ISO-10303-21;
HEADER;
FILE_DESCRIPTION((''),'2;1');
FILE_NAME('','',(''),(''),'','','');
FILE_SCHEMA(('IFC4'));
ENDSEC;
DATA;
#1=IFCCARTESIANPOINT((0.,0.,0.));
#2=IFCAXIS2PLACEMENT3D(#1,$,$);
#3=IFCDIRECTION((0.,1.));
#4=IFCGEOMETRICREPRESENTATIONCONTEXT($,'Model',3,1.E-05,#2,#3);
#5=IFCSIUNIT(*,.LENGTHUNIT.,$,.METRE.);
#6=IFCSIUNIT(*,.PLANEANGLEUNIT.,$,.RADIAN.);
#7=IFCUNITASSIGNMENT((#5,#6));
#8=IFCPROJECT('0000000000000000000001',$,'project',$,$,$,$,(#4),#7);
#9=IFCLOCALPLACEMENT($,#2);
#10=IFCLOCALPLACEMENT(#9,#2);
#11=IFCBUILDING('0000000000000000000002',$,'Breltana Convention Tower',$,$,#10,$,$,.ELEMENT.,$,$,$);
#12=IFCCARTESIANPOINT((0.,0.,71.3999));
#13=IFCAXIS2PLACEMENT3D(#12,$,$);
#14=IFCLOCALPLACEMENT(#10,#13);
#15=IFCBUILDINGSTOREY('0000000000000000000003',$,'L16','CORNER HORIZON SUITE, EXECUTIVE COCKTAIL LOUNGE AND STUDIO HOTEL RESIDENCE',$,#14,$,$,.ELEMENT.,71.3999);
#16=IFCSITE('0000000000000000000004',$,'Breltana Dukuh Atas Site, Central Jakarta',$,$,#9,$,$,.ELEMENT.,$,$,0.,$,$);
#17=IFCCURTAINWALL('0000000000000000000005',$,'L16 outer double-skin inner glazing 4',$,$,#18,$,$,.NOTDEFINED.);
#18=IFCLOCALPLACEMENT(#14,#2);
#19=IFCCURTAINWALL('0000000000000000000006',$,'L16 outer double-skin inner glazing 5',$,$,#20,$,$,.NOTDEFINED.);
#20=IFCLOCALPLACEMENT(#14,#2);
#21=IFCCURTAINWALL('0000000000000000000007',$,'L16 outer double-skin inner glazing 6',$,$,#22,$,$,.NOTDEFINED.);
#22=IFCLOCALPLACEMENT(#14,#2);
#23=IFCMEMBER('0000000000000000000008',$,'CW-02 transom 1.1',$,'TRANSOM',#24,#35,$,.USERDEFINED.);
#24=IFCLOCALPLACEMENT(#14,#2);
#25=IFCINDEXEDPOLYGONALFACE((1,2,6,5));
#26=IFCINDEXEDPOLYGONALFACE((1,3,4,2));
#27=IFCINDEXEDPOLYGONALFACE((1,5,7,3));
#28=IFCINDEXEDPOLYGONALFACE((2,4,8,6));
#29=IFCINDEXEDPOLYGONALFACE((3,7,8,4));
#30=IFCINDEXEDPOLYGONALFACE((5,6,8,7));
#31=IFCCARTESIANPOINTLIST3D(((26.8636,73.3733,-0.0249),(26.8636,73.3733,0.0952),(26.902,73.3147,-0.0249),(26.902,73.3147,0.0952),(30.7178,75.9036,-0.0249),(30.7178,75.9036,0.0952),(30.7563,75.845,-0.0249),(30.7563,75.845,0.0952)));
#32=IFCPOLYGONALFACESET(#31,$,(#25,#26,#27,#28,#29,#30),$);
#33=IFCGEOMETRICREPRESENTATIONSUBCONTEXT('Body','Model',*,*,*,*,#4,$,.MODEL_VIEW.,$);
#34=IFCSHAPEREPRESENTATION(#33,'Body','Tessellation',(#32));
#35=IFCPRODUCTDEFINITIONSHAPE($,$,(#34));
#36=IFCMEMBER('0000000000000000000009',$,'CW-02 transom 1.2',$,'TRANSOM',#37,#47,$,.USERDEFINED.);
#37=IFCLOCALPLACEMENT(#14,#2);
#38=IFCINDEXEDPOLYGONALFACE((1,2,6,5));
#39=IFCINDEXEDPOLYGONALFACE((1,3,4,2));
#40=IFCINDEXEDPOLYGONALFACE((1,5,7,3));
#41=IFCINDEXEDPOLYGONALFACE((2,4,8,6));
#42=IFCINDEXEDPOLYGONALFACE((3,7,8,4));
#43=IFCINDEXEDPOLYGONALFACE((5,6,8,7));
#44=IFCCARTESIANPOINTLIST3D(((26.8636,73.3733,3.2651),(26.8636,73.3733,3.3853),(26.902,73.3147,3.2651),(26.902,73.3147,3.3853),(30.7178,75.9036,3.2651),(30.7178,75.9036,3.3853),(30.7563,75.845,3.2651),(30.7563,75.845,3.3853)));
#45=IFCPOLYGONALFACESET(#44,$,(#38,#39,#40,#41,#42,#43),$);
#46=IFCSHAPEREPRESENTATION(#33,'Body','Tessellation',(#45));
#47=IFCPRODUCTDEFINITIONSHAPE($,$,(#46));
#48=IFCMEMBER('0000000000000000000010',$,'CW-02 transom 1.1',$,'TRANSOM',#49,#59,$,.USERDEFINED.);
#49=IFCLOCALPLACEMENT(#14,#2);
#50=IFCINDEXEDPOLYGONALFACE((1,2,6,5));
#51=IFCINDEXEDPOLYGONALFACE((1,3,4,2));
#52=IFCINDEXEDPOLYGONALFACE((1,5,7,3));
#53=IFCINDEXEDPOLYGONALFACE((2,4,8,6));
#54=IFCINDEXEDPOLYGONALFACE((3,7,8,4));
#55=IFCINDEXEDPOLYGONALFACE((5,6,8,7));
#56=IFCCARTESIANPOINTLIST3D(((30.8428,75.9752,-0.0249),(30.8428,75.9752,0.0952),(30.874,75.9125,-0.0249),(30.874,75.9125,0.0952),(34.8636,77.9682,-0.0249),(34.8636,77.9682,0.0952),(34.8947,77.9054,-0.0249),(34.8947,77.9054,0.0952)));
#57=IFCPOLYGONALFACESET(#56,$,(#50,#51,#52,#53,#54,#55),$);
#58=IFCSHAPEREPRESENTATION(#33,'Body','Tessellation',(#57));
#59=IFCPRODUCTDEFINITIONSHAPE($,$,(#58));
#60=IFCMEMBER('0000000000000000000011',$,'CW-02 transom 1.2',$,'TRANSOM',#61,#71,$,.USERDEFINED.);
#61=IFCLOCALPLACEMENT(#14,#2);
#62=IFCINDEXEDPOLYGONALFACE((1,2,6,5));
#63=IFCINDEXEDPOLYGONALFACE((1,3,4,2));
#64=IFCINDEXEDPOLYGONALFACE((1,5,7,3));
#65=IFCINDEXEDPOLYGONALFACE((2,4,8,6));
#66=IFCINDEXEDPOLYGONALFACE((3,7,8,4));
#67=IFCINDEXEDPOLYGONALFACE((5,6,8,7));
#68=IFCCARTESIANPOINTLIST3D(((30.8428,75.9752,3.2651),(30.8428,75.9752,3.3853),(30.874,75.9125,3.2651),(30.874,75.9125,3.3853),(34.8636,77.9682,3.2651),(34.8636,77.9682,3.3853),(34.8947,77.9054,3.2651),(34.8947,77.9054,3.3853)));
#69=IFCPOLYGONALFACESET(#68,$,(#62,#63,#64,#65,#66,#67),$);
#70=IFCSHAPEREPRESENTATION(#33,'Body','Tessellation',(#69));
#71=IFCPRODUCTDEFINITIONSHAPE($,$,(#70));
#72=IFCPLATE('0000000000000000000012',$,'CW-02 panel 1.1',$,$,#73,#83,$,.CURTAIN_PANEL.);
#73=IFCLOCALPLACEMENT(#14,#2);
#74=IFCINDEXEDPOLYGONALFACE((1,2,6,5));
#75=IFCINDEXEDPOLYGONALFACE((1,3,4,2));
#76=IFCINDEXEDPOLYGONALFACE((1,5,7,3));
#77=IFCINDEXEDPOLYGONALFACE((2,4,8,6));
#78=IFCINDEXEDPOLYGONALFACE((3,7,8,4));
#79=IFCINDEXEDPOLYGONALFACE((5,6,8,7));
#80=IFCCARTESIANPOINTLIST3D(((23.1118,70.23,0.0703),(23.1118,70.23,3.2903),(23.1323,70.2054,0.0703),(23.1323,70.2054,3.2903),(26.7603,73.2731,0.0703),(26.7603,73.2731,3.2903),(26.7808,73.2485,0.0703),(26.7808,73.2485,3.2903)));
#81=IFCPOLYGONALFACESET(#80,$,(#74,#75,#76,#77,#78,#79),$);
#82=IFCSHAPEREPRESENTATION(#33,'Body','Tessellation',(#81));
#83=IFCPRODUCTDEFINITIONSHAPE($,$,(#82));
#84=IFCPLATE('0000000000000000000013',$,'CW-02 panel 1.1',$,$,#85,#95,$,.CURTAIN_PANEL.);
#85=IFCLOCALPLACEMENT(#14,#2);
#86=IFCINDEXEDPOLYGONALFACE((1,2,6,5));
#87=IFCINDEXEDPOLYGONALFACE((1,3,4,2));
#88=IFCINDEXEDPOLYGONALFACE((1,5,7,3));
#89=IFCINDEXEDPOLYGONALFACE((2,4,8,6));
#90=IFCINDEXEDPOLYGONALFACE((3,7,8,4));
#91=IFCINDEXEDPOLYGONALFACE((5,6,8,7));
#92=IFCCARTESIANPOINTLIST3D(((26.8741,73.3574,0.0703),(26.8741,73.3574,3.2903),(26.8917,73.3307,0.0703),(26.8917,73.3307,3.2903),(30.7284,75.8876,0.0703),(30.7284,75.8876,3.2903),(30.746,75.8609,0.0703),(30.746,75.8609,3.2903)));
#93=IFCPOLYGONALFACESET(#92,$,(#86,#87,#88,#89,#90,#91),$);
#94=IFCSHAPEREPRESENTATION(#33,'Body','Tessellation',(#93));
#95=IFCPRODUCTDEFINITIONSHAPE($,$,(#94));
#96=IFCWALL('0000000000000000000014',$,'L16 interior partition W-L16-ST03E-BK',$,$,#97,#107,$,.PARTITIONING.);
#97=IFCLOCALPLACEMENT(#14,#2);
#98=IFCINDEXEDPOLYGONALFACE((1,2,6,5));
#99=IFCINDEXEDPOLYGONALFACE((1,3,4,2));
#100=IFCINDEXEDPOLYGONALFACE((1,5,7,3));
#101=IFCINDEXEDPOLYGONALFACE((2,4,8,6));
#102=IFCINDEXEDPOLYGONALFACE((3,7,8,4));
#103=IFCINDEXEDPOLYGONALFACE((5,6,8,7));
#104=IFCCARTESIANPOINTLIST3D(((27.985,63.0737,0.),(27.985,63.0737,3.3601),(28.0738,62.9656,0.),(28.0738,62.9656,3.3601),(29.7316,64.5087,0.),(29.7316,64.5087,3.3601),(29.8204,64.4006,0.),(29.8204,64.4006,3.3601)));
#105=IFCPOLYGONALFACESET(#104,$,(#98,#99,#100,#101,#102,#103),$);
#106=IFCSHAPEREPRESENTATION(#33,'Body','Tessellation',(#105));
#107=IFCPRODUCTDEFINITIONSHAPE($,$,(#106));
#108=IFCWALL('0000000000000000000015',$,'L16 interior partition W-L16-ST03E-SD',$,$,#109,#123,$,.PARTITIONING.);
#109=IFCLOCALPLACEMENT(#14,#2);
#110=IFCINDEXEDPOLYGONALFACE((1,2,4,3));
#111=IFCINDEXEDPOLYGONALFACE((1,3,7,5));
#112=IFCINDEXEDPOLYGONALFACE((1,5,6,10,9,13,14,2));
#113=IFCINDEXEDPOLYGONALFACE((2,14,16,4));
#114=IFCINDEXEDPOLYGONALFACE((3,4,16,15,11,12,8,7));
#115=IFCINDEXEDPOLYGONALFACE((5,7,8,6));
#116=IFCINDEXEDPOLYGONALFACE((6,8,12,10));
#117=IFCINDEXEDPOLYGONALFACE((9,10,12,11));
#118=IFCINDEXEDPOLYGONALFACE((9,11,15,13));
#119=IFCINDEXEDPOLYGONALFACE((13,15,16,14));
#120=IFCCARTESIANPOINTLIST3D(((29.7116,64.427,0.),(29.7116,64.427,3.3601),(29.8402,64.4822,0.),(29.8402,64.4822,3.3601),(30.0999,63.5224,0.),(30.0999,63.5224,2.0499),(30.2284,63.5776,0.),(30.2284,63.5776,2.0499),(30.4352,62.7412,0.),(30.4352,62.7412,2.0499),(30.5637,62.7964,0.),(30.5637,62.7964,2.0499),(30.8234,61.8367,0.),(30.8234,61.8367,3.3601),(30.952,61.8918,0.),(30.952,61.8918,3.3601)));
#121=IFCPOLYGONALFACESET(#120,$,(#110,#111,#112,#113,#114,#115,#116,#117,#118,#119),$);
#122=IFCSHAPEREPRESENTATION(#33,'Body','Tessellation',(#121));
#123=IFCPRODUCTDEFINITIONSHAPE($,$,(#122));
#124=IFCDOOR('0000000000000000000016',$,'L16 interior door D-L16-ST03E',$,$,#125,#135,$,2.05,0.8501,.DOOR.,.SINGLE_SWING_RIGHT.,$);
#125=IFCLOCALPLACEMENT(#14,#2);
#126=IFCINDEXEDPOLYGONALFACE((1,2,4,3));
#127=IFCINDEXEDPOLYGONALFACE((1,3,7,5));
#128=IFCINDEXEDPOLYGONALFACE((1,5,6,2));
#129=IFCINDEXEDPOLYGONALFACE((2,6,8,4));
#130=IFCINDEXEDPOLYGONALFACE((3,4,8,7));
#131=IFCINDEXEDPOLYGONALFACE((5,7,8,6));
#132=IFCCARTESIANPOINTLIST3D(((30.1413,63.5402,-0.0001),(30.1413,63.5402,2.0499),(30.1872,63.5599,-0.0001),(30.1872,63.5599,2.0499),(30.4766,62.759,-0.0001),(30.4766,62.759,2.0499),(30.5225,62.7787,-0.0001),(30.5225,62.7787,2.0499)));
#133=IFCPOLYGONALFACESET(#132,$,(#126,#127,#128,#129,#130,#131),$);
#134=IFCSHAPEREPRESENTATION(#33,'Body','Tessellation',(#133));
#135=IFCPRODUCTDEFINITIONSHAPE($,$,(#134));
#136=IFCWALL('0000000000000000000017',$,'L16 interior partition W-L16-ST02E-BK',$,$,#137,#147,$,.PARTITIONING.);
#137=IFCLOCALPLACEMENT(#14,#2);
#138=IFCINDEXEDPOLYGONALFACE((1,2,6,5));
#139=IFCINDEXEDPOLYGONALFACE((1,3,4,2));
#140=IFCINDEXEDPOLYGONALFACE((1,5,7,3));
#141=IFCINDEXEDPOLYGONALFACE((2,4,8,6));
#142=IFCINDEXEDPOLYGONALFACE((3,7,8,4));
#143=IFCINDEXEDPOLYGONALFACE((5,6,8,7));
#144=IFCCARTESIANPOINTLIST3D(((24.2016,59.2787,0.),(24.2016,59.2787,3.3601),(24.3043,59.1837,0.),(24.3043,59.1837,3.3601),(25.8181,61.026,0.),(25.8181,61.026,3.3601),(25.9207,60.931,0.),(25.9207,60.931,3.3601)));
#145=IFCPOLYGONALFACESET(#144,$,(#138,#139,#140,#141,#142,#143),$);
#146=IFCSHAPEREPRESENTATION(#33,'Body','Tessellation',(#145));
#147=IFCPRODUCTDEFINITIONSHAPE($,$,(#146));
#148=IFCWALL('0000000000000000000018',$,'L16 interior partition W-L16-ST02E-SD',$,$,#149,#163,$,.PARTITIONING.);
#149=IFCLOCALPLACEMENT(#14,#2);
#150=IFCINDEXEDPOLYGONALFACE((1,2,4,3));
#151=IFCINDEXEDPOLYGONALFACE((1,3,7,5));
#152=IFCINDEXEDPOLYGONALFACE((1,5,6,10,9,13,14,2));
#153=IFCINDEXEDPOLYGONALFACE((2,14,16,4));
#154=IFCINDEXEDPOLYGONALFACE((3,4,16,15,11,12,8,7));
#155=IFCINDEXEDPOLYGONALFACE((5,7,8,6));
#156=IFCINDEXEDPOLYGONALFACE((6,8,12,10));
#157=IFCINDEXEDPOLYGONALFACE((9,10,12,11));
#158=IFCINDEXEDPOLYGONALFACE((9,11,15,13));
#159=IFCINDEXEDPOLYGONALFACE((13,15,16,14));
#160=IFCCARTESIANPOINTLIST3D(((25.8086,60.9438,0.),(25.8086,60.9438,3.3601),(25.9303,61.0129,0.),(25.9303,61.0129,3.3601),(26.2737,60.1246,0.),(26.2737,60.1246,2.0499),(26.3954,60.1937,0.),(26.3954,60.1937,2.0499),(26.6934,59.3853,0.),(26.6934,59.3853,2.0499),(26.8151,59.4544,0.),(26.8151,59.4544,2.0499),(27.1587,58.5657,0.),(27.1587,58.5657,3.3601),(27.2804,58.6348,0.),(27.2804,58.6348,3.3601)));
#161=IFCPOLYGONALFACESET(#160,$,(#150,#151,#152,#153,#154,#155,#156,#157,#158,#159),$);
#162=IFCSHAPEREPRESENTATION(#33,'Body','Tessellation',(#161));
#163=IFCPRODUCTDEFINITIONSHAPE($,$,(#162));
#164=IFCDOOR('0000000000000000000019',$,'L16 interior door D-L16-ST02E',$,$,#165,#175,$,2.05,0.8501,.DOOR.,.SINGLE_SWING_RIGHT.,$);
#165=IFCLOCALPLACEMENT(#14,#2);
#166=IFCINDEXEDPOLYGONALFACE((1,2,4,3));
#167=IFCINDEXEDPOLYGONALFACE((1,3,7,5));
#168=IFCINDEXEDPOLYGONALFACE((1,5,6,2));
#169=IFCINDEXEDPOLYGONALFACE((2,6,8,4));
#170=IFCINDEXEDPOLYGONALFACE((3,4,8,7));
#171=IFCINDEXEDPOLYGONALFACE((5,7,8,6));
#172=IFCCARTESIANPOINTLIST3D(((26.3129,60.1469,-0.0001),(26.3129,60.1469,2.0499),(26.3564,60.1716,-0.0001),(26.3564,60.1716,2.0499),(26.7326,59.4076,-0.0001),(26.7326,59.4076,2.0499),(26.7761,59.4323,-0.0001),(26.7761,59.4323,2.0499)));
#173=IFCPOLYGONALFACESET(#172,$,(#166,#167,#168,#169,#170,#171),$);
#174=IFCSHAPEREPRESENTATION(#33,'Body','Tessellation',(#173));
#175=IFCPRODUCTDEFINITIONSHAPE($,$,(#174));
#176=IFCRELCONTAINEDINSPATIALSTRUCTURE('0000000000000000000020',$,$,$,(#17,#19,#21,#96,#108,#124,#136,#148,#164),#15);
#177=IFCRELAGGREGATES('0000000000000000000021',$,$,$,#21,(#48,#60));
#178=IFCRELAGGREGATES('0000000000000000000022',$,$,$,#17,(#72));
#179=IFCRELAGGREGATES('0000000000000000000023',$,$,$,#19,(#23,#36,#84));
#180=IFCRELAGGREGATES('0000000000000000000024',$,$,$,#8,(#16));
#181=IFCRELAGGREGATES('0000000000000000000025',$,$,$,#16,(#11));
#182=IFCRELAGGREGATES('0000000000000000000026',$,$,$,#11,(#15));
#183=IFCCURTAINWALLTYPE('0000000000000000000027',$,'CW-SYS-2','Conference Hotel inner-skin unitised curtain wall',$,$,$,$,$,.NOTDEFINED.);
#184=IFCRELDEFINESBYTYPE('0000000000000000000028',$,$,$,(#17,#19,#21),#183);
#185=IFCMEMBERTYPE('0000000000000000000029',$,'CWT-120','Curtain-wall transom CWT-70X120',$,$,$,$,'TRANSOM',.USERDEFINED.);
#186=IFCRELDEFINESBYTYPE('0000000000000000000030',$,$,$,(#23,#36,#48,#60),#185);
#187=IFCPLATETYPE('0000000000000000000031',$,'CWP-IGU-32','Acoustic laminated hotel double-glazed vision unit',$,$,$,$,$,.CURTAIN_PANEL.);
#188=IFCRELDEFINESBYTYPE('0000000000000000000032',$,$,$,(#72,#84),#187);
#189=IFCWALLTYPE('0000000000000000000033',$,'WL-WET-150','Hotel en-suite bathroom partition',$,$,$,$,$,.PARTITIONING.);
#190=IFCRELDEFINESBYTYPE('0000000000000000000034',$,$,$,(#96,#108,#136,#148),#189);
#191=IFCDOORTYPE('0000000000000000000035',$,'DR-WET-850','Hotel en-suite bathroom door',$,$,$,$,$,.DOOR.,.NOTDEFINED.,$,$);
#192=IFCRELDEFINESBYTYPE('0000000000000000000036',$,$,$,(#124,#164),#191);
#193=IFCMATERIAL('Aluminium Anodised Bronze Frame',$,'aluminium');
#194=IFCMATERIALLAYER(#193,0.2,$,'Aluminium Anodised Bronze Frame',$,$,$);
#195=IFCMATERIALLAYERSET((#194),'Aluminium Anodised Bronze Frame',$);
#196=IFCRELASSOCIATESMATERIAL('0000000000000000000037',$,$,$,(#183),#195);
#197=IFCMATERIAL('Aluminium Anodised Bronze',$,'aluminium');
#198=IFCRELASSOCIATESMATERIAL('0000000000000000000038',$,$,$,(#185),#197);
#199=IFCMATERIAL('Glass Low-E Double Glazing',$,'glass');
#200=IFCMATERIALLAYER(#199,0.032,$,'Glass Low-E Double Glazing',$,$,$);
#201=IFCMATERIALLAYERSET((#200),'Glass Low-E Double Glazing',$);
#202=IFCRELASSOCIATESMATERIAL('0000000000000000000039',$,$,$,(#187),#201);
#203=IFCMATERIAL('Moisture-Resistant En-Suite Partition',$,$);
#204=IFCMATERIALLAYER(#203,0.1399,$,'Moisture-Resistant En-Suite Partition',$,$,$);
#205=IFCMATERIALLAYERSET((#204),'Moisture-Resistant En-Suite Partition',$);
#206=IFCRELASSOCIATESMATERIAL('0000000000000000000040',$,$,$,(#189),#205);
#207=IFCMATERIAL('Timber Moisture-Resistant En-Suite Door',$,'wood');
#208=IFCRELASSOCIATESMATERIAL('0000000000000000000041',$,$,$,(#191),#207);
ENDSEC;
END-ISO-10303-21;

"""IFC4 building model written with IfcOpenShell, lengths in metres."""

from ifc_helpers import new_model, si_unit, direction, frame, frame_2d, origin, origin_2d, place, context, subcontext, project, spatial, rectangle, extrude, source, transform, mapped, material, layer, layer_set, material_profile, profile_set, type_object, type_shapes, element, fill, aggregate, save


model = new_model("IFC4")

# Units and contexts
model_context = context("Model", 3, precision=1e-05, world=origin(), true_north=direction((0.0, 1.0)))
body_context = subcontext(model_context, "Body", "Model", "MODEL_VIEW")
ifc_project = project(units=[si_unit("LENGTHUNIT", "METRE"), si_unit("PLANEANGLEUNIT", "RADIAN")], contexts=[model_context])

# Site, building, storey
site_placement = place(None, origin())
site = spatial("IfcSite", under=ifc_project, at=site_placement, Name="Breltana Dukuh Atas Site, Central Jakarta", CompositionType="ELEMENT", RefElevation=0.0)
building_placement = place(site_placement, origin())
building = spatial("IfcBuilding", under=site, at=building_placement, Name="Breltana Convention Tower", CompositionType="ELEMENT")
storey_placement = place(building_placement, frame((0.0, 0.0, 71.3999)))
storey = spatial("IfcBuildingStorey", under=building, at=storey_placement, Name="L16", Description="CORNER HORIZON SUITE, EXECUTIVE COCKTAIL LOUNGE AND STUDIO HOTEL RESIDENCE", CompositionType="ELEMENT", Elevation=71.3999)

# Shared definitions
ifc_material_1 = material(Name="Aluminium Anodised Bronze Frame", Category="aluminium")
ifc_layer_1 = layer(ifc_material_1, 0.2, Name="Aluminium Anodised Bronze Frame")
ifc_layer_set_1 = layer_set([ifc_layer_1], Name="Aluminium Anodised Bronze Frame")
curtain_wall_type = type_object("IfcCurtainWallType", Name="CW-SYS-2", Description="Conference Hotel inner-skin unitised curtain wall", PredefinedType="NOTDEFINED", material=ifc_layer_set_1)
ifc_material_2 = material(Name="Aluminium Anodised Bronze", Category="aluminium")

# Curtain walls
curtain_wall_1_placement = place(storey_placement, origin())
curtain_wall_1 = element("IfcCurtainWall", 1, at=curtain_wall_1_placement, inside=storey, type_object=curtain_wall_type, Name="L16 outer double-skin inner glazing 4", PredefinedType="NOTDEFINED")
curtain_wall_2_placement = place(storey_placement, origin())
curtain_wall_2 = element("IfcCurtainWall", 2, at=curtain_wall_2_placement, inside=storey, type_object=curtain_wall_type, Name="L16 outer double-skin inner glazing 5", PredefinedType="NOTDEFINED")

# Curtain wall
curtain_wall_3_placement = place(storey_placement, origin())
curtain_wall_3 = element("IfcCurtainWall", 3, at=curtain_wall_3_placement, inside=storey, type_object=curtain_wall_type, Name="L16 outer double-skin inner glazing 6", PredefinedType="NOTDEFINED")

# Members
ifc_material_profile_1 = material_profile(ifc_material_2, rectangle(XDim=0.0701, YDim=0.1201, at=origin_2d()), Name="CWT-70X120")
ifc_profile_set_1 = profile_set([ifc_material_profile_1], Name="Aluminium Anodised Bronze")
member_type_1 = type_object("IfcMemberType", Name="CWT-120", Description="Curtain-wall transom CWT-70X120", ElementType="TRANSOM", PredefinedType="USERDEFINED", material=ifc_profile_set_1)
shared_shape_1 = source(origin(), body_context, "Body", "SweptSolid", [
    extrude(rectangle(XDim=0.0701, YDim=0.1201, at=origin_2d()), origin(), (0.0, 0.0, 1.0), 4.6106),
])
member_1_placement = place(storey_placement, frame((26.8828, 73.344, 0.0352), z_axis=(0.835956, 0.548796, 0.0), x_axis=(-0.548796, 0.835956, 0.0)))
member_1 = element("IfcMember", 4, at=member_1_placement, type_object=member_type_1, Name="CW-02 transom 1.1", ObjectType="TRANSOM", PredefinedType="USERDEFINED", context=body_context, shape_type="MappedRepresentation", body=[
    mapped(shared_shape_1, transform((0.0, 0.0, 0.0), scale=1.0)),
])
member_2_placement = place(storey_placement, frame((26.8828, 73.344, 3.3252), z_axis=(0.835956, 0.548796, 0.0), x_axis=(-0.548796, 0.835956, 0.0)))
member_2 = element("IfcMember", 5, at=member_2_placement, type_object=member_type_1, Name="CW-02 transom 1.2", ObjectType="TRANSOM", PredefinedType="USERDEFINED", context=body_context, shape_type="MappedRepresentation", body=[
    mapped(shared_shape_1, transform((0.0, 0.0, 0.0), scale=1.0)),
])
shared_shape_2 = source(origin(), body_context, "Body", "SweptSolid", [
    extrude(rectangle(XDim=0.0701, YDim=0.1201, at=origin_2d()), origin(), (0.0, 0.0, 1.0), 4.4875),
])
member_3_placement = place(storey_placement, frame((30.8584, 75.9438, 0.0352), z_axis=(0.895978, 0.444099, 0.0), x_axis=(-0.444099, 0.895978, 0.0)))
member_3 = element("IfcMember", 6, at=member_3_placement, type_object=member_type_1, Name="CW-02 transom 1.1", ObjectType="TRANSOM", PredefinedType="USERDEFINED", context=body_context, shape_type="MappedRepresentation", body=[
    mapped(shared_shape_2, transform((0.0, 0.0, 0.0), scale=1.0)),
])
member_4_placement = place(storey_placement, frame((30.8584, 75.9438, 3.3252), z_axis=(0.895978, 0.444099, 0.0), x_axis=(-0.444099, 0.895978, 0.0)))
member_4 = element("IfcMember", 7, at=member_4_placement, type_object=member_type_1, Name="CW-02 transom 1.2", ObjectType="TRANSOM", PredefinedType="USERDEFINED", context=body_context, shape_type="MappedRepresentation", body=[
    mapped(shared_shape_2, transform((0.0, 0.0, 0.0), scale=1.0)),
])
aggregate(curtain_wall_3, [member_3, member_4])

# Plates
ifc_material_3 = material(Name="Glass Low-E Double Glazing", Category="glass")
ifc_layer_2 = layer(ifc_material_3, 0.032, Name="Glass Low-E Double Glazing")
ifc_layer_set_2 = layer_set([ifc_layer_2], Name="Glass Low-E Double Glazing")
plate_type = type_object("IfcPlateType", Name="CWP-IGU-32", Description="Acoustic laminated hotel double-glazed vision unit", PredefinedType="CURTAIN_PANEL", material=ifc_layer_set_2)
shared_shape_3 = source(origin(), body_context, "Body", "SweptSolid", [
    extrude(rectangle(XDim=4.751, YDim=0.032, at=origin_2d()), origin(), (0.0, 0.0, 1.0), 3.22),
])
plate_1_placement = place(storey_placement, frame((24.9463, 71.7393, 0.0703), z_axis=(0.0, 0.0, 1.0), x_axis=(0.767941, 0.64052, 0.0)))
plate_1 = element("IfcPlate", 8, at=plate_1_placement, type_object=plate_type, Name="CW-02 panel 1.1", PredefinedType="CURTAIN_PANEL", context=body_context, shape_type="MappedRepresentation", body=[
    mapped(shared_shape_3, transform((0.0, 0.0, 0.0), scale=1.0)),
])
aggregate(curtain_wall_1, [plate_1])
shared_shape_4 = source(origin(), body_context, "Body", "SweptSolid", [
    extrude(rectangle(XDim=4.6106, YDim=0.032, at=origin_2d()), origin(), (0.0, 0.0, 1.0), 3.22),
])
plate_2_placement = place(storey_placement, frame((28.8101, 74.6091, 0.0703), z_axis=(0.0, 0.0, 1.0), x_axis=(0.835964, 0.548784, 0.0)))
plate_2 = element("IfcPlate", 9, at=plate_2_placement, type_object=plate_type, Name="CW-02 panel 1.1", PredefinedType="CURTAIN_PANEL", context=body_context, shape_type="MappedRepresentation", body=[
    mapped(shared_shape_4, transform((0.0, 0.0, 0.0), scale=1.0)),
])
aggregate(curtain_wall_2, [member_1, member_2, plate_2])

# Wall
ifc_material_4 = material(Name="Moisture-Resistant En-Suite Partition")
ifc_layer_3 = layer(ifc_material_4, 0.1399, Name="Moisture-Resistant En-Suite Partition")
ifc_layer_set_3 = layer_set([ifc_layer_3], Name="Moisture-Resistant En-Suite Partition")
wall_type_1 = type_object("IfcWallType", Name="WL-WET-150", Description="Hotel en-suite bathroom partition", PredefinedType="PARTITIONING", material=ifc_layer_set_3)
shared_shape_5 = source(origin(), body_context, "Body", "SweptSolid", [
    extrude(rectangle(XDim=2.2605, YDim=0.1399, at=frame_2d((1.1304, 0.0))), origin(), (0.0, 0.0, 1.0), 3.3601),
])
wall_1_placement = place(storey_placement, frame((28.0293, 63.0195, 0.0), z_axis=(0.0, 0.0, 1.0), x_axis=(0.772647, 0.634836, 0.0)))
element("IfcWall", 10, at=wall_1_placement, inside=storey, type_object=wall_type_1, Name="L16 interior partition W-L16-ST03E-BK", PredefinedType="PARTITIONING", context=body_context, shape_type="MappedRepresentation", body=[
    mapped(shared_shape_5, transform((0.0, 0.0, 0.0), scale=1.0)),
])

# Wall, opening, door
shared_shape_6 = source(origin(), body_context, "Body", "SweptSolid", [
    extrude(rectangle(XDim=2.8188, YDim=0.1399, at=frame_2d((1.4094, 0.0))), origin(), (0.0, 0.0, 1.0), 3.3601),
])
wall_2_placement = place(storey_placement, frame((30.8877, 61.8643, 0.0), z_axis=(0.0, 0.0, 1.0), x_axis=(-0.394421, 0.91893, 0.0)))
wall_2 = element("IfcWall", 11, at=wall_2_placement, inside=storey, type_object=wall_type_1, Name="L16 interior partition W-L16-ST03E-SD", PredefinedType="PARTITIONING", context=body_context, shape_type="MappedRepresentation", body=[
    mapped(shared_shape_6, transform((0.0, 0.0, 0.0), scale=1.0)),
])
opening_1_placement = place(wall_2_placement, frame((0.9844, 0.0, 0.0)))
opening_1 = element("IfcOpeningElement", 12, at=opening_1_placement, cuts=wall_2, PredefinedType="OPENING", context=body_context, shape_type="SweptSolid", body=[
    extrude(rectangle(XDim=0.8501, YDim=2.05, at=frame_2d((0.425, 1.0249))), frame((0.0, 0.0801, 0.0), z_axis=(0.0, -1.0, 0.0), x_axis=(1.0, 0.0, 0.0)), (0.0, 0.0, 1.0), 0.1599),
])
ifc_material_5 = material(Name="Timber Moisture-Resistant En-Suite Door", Category="wood")
door_type_1 = type_object("IfcDoorType", Name="DR-WET-850", Description="Hotel en-suite bathroom door", OperationType="NOTDEFINED", PredefinedType="DOOR", material=ifc_material_5)
shared_shape_7 = source(origin(), body_context, "Body", "SweptSolid", [
    extrude(rectangle(XDim=0.8501, YDim=2.05, at=frame_2d((0.425, 1.0249))), frame((0.0, 0.0249, 0.0), z_axis=(0.0, -1.0, 0.0), x_axis=(1.0, 0.0, 0.0)), (0.0, 0.0, 1.0), 0.05),
])
type_shapes(door_type_1, [shared_shape_7])
door_1_placement = place(opening_1_placement, origin())
door_1 = element("IfcDoor", 13, at=door_1_placement, inside=storey, type_object=door_type_1, Name="L16 interior door D-L16-ST03E", OperationType="SINGLE_SWING_RIGHT", OverallHeight=2.05, OverallWidth=0.8501, PredefinedType="DOOR", context=body_context, shape_type="MappedRepresentation", body=[
    mapped(shared_shape_7, transform((0.0, 0.0, 0.0), scale=1.0)),
])
fill(opening_1, door_1)

# Wall
shared_shape_8 = source(origin(), body_context, "Body", "SweptSolid", [
    extrude(rectangle(XDim=2.3804, YDim=0.1399, at=frame_2d((1.1902, 0.0))), origin(), (0.0, 0.0, 1.0), 3.3601),
])
wall_3_placement = place(storey_placement, frame((24.2529, 59.2312, 0.0), z_axis=(0.0, 0.0, 1.0), x_axis=(0.679085, 0.73406, 0.0)))
element("IfcWall", 14, at=wall_3_placement, inside=storey, type_object=wall_type_1, Name="L16 interior partition W-L16-ST02E-BK", PredefinedType="PARTITIONING", context=body_context, shape_type="MappedRepresentation", body=[
    mapped(shared_shape_8, transform((0.0, 0.0, 0.0), scale=1.0)),
])

# Wall, opening, door
shared_shape_9 = source(origin(), body_context, "Body", "SweptSolid", [
    extrude(rectangle(XDim=2.7346, YDim=0.1399, at=frame_2d((1.3672, 0.0))), origin(), (0.0, 0.0, 1.0), 3.3601),
])
wall_4_placement = place(storey_placement, frame((27.2195, 58.6003, 0.0), z_axis=(0.0, 0.0, 1.0), x_axis=(-0.493695, 0.869635, 0.0)))
wall_4 = element("IfcWall", 15, at=wall_4_placement, inside=storey, type_object=wall_type_1, Name="L16 interior partition W-L16-ST02E-SD", PredefinedType="PARTITIONING", context=body_context, shape_type="MappedRepresentation", body=[
    mapped(shared_shape_9, transform((0.0, 0.0, 0.0), scale=1.0)),
])
opening_2_placement = place(wall_4_placement, frame((0.9424, 0.0, 0.0)))
opening_2 = element("IfcOpeningElement", 16, at=opening_2_placement, cuts=wall_4, PredefinedType="OPENING", context=body_context, shape_type="SweptSolid", body=[
    extrude(rectangle(XDim=0.8501, YDim=2.05, at=frame_2d((0.425, 1.0249))), frame((0.0, 0.0801, 0.0), z_axis=(0.0, -1.0, 0.0), x_axis=(1.0, 0.0, 0.0)), (0.0, 0.0, 1.0), 0.1599),
])
door_2_placement = place(opening_2_placement, origin())
door_2 = element("IfcDoor", 17, at=door_2_placement, inside=storey, type_object=door_type_1, Name="L16 interior door D-L16-ST02E", OperationType="SINGLE_SWING_RIGHT", OverallHeight=2.05, OverallWidth=0.8501, PredefinedType="DOOR", context=body_context, shape_type="MappedRepresentation", body=[
    mapped(shared_shape_7, transform((0.0, 0.0, 0.0), scale=1.0)),
])
fill(opening_2, door_2)

save(model, "model.ifc")
